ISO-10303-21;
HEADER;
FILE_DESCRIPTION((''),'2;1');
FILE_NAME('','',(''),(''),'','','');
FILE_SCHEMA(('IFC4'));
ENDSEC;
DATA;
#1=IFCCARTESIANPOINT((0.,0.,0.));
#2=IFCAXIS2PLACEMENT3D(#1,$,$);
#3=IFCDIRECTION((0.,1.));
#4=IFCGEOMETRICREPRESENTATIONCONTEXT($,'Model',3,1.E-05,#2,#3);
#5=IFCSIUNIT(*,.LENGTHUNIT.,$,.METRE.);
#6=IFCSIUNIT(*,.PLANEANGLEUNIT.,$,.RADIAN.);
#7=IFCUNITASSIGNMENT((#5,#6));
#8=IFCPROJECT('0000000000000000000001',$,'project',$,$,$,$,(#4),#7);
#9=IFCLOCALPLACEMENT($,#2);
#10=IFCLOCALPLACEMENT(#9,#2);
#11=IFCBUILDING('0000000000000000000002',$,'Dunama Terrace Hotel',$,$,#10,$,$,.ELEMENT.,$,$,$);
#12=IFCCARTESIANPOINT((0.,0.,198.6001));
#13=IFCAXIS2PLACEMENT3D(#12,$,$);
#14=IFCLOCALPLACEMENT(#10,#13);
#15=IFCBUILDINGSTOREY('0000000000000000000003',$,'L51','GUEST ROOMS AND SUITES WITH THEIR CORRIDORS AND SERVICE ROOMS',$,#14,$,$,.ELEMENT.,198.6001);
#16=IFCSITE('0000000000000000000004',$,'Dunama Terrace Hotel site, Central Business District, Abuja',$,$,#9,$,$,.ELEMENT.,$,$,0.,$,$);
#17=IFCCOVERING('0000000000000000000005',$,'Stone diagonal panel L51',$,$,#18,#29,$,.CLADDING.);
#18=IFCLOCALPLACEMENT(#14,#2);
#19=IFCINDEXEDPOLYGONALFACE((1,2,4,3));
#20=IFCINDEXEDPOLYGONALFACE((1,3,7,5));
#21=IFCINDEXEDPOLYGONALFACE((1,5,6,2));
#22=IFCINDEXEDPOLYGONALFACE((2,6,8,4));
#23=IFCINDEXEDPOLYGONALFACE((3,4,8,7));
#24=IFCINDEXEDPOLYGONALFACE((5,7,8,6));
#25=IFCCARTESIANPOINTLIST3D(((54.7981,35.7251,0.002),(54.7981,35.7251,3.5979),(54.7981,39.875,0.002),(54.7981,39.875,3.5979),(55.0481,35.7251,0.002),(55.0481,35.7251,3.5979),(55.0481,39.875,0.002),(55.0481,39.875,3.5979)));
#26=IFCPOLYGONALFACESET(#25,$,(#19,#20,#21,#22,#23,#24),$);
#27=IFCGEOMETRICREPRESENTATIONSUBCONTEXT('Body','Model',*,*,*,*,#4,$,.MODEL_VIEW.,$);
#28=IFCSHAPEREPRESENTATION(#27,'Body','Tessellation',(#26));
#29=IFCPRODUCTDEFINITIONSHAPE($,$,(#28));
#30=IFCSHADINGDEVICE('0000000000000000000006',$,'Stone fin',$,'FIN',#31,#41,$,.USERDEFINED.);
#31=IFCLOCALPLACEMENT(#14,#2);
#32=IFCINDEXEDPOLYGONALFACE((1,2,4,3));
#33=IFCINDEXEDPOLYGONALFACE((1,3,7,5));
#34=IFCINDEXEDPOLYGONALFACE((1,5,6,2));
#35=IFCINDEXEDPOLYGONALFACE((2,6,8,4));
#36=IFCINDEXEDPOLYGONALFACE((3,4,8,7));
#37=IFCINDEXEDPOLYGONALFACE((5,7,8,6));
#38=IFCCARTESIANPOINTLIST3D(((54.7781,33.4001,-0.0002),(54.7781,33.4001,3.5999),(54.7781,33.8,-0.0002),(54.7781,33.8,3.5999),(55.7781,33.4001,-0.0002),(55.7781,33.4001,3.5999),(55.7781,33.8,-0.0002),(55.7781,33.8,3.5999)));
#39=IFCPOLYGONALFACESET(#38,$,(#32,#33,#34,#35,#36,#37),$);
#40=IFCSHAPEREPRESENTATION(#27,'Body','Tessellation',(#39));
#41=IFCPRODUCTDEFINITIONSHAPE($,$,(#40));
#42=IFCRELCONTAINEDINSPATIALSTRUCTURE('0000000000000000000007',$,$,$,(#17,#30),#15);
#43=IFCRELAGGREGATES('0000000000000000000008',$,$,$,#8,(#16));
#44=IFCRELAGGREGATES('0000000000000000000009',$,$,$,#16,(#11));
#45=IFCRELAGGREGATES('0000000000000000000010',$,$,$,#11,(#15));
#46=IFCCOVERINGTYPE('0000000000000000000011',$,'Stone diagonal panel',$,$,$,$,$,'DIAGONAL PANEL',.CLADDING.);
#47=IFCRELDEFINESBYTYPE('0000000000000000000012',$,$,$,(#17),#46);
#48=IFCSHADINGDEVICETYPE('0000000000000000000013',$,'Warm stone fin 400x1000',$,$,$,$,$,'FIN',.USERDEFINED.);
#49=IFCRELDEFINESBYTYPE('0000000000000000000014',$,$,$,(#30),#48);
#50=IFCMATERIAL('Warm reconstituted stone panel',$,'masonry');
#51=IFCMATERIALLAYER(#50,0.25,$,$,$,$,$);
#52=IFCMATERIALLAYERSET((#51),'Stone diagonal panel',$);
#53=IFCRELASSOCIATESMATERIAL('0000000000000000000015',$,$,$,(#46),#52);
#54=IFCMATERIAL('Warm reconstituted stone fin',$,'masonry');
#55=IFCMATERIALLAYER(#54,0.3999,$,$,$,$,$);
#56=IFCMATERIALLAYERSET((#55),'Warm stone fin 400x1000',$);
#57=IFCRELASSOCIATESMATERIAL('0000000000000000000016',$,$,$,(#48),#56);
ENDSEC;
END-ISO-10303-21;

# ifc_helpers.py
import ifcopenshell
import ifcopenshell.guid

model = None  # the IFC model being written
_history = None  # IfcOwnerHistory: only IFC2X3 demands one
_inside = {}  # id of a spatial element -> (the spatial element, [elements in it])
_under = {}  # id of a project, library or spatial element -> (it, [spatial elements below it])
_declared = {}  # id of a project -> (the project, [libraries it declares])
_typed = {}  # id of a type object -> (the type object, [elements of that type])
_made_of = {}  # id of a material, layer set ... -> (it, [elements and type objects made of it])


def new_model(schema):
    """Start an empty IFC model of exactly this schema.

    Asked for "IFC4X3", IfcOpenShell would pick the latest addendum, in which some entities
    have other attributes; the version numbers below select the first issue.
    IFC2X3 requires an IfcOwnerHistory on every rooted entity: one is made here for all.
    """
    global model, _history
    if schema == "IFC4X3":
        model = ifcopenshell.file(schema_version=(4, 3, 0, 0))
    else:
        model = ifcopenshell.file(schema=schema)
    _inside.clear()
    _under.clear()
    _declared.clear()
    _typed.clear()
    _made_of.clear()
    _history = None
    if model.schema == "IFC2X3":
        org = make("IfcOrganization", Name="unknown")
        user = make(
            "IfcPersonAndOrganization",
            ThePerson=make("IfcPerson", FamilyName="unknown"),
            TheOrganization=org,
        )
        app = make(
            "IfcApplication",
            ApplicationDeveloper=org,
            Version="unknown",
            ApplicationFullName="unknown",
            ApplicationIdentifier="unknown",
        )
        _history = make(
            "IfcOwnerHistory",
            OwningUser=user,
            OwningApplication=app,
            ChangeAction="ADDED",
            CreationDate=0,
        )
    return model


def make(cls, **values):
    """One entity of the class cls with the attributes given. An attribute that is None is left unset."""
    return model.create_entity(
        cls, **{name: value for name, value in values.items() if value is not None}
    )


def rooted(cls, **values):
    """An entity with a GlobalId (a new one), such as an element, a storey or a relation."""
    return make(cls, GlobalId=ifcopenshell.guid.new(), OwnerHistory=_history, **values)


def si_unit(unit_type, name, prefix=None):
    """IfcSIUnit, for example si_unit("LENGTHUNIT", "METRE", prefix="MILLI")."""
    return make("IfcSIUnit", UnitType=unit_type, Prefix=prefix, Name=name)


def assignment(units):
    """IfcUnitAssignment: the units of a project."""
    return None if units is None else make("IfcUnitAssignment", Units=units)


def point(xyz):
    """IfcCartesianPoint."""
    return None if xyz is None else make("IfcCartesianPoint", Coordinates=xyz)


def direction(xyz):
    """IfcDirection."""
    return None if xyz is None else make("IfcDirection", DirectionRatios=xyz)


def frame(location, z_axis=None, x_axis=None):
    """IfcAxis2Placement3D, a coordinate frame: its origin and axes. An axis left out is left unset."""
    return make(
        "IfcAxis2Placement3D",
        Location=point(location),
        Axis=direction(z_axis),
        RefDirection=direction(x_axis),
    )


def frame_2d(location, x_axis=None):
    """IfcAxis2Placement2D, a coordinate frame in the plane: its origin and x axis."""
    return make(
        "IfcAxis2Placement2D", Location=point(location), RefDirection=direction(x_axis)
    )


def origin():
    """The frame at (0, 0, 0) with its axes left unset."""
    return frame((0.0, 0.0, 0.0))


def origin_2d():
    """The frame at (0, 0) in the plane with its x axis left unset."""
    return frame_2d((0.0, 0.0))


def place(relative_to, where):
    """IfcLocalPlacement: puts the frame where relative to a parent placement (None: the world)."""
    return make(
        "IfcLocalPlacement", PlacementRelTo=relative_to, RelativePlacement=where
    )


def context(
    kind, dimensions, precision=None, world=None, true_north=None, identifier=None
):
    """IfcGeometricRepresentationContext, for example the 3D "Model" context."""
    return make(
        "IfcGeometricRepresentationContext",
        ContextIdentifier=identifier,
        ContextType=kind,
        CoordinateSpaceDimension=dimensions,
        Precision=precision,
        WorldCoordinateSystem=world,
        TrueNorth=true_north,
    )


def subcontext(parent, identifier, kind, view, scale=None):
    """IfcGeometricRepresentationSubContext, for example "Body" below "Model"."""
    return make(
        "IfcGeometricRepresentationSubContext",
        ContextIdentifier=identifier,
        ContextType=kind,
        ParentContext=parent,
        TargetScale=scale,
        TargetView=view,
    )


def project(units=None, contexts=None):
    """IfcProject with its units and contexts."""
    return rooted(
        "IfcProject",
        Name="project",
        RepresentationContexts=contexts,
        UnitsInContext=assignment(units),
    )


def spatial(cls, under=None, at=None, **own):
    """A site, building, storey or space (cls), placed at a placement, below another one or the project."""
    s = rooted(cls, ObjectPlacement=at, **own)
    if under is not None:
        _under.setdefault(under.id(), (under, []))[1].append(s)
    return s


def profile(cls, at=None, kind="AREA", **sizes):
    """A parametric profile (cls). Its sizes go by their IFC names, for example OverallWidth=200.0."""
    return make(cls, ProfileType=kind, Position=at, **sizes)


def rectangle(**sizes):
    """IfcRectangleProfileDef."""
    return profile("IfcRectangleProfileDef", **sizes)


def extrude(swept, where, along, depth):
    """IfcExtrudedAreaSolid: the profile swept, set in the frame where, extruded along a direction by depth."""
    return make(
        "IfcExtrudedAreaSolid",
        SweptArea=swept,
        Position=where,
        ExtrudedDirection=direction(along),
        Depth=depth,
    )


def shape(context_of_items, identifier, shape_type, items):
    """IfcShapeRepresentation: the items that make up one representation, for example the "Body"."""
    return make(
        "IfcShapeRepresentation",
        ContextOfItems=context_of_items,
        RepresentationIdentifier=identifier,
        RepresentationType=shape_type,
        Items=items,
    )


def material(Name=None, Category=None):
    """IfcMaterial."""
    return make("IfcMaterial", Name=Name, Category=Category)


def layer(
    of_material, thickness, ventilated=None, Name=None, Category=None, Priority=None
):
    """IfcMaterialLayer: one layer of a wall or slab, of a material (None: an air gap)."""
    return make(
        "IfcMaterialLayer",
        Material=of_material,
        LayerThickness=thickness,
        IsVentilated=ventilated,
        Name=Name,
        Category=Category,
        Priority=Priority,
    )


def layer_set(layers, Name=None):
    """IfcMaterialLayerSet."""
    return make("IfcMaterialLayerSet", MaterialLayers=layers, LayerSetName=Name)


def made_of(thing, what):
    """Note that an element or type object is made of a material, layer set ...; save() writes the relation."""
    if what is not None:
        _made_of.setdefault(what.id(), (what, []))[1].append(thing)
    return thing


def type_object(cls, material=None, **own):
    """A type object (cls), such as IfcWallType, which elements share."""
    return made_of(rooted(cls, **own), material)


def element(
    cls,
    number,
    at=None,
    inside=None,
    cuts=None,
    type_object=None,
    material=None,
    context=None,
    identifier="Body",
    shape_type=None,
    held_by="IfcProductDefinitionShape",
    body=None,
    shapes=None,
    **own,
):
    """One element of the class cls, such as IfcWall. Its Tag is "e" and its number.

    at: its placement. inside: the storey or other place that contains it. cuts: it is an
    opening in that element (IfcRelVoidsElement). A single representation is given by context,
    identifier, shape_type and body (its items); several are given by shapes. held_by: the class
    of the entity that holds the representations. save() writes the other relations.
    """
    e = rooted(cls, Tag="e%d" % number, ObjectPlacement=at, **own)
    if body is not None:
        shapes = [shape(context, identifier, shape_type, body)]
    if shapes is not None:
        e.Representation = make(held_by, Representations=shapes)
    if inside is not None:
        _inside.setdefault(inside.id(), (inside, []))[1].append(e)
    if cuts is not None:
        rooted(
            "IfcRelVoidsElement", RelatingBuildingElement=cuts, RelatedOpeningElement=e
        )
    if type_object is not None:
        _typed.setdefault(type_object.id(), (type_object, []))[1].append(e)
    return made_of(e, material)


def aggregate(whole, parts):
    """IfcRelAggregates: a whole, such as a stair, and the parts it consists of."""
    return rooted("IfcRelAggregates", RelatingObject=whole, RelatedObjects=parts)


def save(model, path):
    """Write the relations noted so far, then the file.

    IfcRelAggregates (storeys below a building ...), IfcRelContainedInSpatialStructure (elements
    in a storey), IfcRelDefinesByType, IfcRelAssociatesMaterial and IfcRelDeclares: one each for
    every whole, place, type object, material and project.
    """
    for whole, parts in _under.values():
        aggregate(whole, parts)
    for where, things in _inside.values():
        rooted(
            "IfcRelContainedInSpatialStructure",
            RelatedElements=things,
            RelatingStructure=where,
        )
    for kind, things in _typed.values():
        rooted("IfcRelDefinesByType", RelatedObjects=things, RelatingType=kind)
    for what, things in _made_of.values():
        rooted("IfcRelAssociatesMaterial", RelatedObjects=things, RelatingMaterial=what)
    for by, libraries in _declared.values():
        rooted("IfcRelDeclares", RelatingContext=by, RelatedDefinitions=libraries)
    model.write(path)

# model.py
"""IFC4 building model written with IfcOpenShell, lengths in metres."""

from ifc_helpers import new_model, si_unit, direction, frame, origin, origin_2d, place, context, subcontext, project, spatial, rectangle, extrude, material, layer, layer_set, type_object, element, save


model = new_model("IFC4")

# Units and contexts
model_context = context("Model", 3, precision=1e-05, world=origin(), true_north=direction((0.0, 1.0)))
body_context = subcontext(model_context, "Body", "Model", "MODEL_VIEW")
ifc_project = project(units=[si_unit("LENGTHUNIT", "METRE"), si_unit("PLANEANGLEUNIT", "RADIAN")], contexts=[model_context])

# Site, building, storey
site_placement = place(None, origin())
site = spatial("IfcSite", under=ifc_project, at=site_placement, Name="Dunama Terrace Hotel site, Central Business District, Abuja", CompositionType="ELEMENT", RefElevation=0.0)
building_placement = place(site_placement, origin())
building = spatial("IfcBuilding", under=site, at=building_placement, Name="Dunama Terrace Hotel", CompositionType="ELEMENT")
storey_placement = place(building_placement, frame((0.0, 0.0, 198.6001)))
storey = spatial("IfcBuildingStorey", under=building, at=storey_placement, Name="L51", Description="GUEST ROOMS AND SUITES WITH THEIR CORRIDORS AND SERVICE ROOMS", CompositionType="ELEMENT", Elevation=198.6001)

# Covering
ifc_material_1 = material(Name="Warm reconstituted stone panel", Category="masonry")
ifc_layer_1 = layer(ifc_material_1, 0.25)
ifc_layer_set_1 = layer_set([ifc_layer_1], Name="Stone diagonal panel")
covering_type = type_object("IfcCoveringType", Name="Stone diagonal panel", ElementType="DIAGONAL PANEL", PredefinedType="CLADDING", material=ifc_layer_set_1)
covering_placement = place(storey_placement, frame((54.9231, 37.8, 0.002), z_axis=(0.0, 0.0, 1.0), x_axis=(0.0, 1.0, 0.0)))
element("IfcCovering", 1, at=covering_placement, inside=storey, type_object=covering_type, Name="Stone diagonal panel L51", PredefinedType="CLADDING", context=body_context, shape_type="SweptSolid", body=[
    extrude(rectangle(XDim=4.1499, YDim=0.25, at=origin_2d()), origin(), (0.0, 0.0, 1.0), 3.5959),
])

# Shading device
ifc_material_2 = material(Name="Warm reconstituted stone fin", Category="masonry")
ifc_layer_2 = layer(ifc_material_2, 0.3999)
ifc_layer_set_2 = layer_set([ifc_layer_2], Name="Warm stone fin 400x1000")
shading_device_type = type_object("IfcShadingDeviceType", Name="Warm stone fin 400x1000", ElementType="FIN", PredefinedType="USERDEFINED", material=ifc_layer_set_2)
shading_device_placement = place(storey_placement, frame((55.2781, 33.6001, -0.0002), z_axis=(0.0, 0.0, 1.0), x_axis=(0.0, 1.0, 0.0)))
element("IfcShadingDevice", 2, at=shading_device_placement, inside=storey, type_object=shading_device_type, Name="Stone fin", ObjectType="FIN", PredefinedType="USERDEFINED", context=body_context, shape_type="SweptSolid", body=[
    extrude(rectangle(XDim=0.3999, YDim=1.0, at=origin_2d()), origin(), (0.0, 0.0, 1.0), 3.6001),
])

save(model, "model.ifc")
